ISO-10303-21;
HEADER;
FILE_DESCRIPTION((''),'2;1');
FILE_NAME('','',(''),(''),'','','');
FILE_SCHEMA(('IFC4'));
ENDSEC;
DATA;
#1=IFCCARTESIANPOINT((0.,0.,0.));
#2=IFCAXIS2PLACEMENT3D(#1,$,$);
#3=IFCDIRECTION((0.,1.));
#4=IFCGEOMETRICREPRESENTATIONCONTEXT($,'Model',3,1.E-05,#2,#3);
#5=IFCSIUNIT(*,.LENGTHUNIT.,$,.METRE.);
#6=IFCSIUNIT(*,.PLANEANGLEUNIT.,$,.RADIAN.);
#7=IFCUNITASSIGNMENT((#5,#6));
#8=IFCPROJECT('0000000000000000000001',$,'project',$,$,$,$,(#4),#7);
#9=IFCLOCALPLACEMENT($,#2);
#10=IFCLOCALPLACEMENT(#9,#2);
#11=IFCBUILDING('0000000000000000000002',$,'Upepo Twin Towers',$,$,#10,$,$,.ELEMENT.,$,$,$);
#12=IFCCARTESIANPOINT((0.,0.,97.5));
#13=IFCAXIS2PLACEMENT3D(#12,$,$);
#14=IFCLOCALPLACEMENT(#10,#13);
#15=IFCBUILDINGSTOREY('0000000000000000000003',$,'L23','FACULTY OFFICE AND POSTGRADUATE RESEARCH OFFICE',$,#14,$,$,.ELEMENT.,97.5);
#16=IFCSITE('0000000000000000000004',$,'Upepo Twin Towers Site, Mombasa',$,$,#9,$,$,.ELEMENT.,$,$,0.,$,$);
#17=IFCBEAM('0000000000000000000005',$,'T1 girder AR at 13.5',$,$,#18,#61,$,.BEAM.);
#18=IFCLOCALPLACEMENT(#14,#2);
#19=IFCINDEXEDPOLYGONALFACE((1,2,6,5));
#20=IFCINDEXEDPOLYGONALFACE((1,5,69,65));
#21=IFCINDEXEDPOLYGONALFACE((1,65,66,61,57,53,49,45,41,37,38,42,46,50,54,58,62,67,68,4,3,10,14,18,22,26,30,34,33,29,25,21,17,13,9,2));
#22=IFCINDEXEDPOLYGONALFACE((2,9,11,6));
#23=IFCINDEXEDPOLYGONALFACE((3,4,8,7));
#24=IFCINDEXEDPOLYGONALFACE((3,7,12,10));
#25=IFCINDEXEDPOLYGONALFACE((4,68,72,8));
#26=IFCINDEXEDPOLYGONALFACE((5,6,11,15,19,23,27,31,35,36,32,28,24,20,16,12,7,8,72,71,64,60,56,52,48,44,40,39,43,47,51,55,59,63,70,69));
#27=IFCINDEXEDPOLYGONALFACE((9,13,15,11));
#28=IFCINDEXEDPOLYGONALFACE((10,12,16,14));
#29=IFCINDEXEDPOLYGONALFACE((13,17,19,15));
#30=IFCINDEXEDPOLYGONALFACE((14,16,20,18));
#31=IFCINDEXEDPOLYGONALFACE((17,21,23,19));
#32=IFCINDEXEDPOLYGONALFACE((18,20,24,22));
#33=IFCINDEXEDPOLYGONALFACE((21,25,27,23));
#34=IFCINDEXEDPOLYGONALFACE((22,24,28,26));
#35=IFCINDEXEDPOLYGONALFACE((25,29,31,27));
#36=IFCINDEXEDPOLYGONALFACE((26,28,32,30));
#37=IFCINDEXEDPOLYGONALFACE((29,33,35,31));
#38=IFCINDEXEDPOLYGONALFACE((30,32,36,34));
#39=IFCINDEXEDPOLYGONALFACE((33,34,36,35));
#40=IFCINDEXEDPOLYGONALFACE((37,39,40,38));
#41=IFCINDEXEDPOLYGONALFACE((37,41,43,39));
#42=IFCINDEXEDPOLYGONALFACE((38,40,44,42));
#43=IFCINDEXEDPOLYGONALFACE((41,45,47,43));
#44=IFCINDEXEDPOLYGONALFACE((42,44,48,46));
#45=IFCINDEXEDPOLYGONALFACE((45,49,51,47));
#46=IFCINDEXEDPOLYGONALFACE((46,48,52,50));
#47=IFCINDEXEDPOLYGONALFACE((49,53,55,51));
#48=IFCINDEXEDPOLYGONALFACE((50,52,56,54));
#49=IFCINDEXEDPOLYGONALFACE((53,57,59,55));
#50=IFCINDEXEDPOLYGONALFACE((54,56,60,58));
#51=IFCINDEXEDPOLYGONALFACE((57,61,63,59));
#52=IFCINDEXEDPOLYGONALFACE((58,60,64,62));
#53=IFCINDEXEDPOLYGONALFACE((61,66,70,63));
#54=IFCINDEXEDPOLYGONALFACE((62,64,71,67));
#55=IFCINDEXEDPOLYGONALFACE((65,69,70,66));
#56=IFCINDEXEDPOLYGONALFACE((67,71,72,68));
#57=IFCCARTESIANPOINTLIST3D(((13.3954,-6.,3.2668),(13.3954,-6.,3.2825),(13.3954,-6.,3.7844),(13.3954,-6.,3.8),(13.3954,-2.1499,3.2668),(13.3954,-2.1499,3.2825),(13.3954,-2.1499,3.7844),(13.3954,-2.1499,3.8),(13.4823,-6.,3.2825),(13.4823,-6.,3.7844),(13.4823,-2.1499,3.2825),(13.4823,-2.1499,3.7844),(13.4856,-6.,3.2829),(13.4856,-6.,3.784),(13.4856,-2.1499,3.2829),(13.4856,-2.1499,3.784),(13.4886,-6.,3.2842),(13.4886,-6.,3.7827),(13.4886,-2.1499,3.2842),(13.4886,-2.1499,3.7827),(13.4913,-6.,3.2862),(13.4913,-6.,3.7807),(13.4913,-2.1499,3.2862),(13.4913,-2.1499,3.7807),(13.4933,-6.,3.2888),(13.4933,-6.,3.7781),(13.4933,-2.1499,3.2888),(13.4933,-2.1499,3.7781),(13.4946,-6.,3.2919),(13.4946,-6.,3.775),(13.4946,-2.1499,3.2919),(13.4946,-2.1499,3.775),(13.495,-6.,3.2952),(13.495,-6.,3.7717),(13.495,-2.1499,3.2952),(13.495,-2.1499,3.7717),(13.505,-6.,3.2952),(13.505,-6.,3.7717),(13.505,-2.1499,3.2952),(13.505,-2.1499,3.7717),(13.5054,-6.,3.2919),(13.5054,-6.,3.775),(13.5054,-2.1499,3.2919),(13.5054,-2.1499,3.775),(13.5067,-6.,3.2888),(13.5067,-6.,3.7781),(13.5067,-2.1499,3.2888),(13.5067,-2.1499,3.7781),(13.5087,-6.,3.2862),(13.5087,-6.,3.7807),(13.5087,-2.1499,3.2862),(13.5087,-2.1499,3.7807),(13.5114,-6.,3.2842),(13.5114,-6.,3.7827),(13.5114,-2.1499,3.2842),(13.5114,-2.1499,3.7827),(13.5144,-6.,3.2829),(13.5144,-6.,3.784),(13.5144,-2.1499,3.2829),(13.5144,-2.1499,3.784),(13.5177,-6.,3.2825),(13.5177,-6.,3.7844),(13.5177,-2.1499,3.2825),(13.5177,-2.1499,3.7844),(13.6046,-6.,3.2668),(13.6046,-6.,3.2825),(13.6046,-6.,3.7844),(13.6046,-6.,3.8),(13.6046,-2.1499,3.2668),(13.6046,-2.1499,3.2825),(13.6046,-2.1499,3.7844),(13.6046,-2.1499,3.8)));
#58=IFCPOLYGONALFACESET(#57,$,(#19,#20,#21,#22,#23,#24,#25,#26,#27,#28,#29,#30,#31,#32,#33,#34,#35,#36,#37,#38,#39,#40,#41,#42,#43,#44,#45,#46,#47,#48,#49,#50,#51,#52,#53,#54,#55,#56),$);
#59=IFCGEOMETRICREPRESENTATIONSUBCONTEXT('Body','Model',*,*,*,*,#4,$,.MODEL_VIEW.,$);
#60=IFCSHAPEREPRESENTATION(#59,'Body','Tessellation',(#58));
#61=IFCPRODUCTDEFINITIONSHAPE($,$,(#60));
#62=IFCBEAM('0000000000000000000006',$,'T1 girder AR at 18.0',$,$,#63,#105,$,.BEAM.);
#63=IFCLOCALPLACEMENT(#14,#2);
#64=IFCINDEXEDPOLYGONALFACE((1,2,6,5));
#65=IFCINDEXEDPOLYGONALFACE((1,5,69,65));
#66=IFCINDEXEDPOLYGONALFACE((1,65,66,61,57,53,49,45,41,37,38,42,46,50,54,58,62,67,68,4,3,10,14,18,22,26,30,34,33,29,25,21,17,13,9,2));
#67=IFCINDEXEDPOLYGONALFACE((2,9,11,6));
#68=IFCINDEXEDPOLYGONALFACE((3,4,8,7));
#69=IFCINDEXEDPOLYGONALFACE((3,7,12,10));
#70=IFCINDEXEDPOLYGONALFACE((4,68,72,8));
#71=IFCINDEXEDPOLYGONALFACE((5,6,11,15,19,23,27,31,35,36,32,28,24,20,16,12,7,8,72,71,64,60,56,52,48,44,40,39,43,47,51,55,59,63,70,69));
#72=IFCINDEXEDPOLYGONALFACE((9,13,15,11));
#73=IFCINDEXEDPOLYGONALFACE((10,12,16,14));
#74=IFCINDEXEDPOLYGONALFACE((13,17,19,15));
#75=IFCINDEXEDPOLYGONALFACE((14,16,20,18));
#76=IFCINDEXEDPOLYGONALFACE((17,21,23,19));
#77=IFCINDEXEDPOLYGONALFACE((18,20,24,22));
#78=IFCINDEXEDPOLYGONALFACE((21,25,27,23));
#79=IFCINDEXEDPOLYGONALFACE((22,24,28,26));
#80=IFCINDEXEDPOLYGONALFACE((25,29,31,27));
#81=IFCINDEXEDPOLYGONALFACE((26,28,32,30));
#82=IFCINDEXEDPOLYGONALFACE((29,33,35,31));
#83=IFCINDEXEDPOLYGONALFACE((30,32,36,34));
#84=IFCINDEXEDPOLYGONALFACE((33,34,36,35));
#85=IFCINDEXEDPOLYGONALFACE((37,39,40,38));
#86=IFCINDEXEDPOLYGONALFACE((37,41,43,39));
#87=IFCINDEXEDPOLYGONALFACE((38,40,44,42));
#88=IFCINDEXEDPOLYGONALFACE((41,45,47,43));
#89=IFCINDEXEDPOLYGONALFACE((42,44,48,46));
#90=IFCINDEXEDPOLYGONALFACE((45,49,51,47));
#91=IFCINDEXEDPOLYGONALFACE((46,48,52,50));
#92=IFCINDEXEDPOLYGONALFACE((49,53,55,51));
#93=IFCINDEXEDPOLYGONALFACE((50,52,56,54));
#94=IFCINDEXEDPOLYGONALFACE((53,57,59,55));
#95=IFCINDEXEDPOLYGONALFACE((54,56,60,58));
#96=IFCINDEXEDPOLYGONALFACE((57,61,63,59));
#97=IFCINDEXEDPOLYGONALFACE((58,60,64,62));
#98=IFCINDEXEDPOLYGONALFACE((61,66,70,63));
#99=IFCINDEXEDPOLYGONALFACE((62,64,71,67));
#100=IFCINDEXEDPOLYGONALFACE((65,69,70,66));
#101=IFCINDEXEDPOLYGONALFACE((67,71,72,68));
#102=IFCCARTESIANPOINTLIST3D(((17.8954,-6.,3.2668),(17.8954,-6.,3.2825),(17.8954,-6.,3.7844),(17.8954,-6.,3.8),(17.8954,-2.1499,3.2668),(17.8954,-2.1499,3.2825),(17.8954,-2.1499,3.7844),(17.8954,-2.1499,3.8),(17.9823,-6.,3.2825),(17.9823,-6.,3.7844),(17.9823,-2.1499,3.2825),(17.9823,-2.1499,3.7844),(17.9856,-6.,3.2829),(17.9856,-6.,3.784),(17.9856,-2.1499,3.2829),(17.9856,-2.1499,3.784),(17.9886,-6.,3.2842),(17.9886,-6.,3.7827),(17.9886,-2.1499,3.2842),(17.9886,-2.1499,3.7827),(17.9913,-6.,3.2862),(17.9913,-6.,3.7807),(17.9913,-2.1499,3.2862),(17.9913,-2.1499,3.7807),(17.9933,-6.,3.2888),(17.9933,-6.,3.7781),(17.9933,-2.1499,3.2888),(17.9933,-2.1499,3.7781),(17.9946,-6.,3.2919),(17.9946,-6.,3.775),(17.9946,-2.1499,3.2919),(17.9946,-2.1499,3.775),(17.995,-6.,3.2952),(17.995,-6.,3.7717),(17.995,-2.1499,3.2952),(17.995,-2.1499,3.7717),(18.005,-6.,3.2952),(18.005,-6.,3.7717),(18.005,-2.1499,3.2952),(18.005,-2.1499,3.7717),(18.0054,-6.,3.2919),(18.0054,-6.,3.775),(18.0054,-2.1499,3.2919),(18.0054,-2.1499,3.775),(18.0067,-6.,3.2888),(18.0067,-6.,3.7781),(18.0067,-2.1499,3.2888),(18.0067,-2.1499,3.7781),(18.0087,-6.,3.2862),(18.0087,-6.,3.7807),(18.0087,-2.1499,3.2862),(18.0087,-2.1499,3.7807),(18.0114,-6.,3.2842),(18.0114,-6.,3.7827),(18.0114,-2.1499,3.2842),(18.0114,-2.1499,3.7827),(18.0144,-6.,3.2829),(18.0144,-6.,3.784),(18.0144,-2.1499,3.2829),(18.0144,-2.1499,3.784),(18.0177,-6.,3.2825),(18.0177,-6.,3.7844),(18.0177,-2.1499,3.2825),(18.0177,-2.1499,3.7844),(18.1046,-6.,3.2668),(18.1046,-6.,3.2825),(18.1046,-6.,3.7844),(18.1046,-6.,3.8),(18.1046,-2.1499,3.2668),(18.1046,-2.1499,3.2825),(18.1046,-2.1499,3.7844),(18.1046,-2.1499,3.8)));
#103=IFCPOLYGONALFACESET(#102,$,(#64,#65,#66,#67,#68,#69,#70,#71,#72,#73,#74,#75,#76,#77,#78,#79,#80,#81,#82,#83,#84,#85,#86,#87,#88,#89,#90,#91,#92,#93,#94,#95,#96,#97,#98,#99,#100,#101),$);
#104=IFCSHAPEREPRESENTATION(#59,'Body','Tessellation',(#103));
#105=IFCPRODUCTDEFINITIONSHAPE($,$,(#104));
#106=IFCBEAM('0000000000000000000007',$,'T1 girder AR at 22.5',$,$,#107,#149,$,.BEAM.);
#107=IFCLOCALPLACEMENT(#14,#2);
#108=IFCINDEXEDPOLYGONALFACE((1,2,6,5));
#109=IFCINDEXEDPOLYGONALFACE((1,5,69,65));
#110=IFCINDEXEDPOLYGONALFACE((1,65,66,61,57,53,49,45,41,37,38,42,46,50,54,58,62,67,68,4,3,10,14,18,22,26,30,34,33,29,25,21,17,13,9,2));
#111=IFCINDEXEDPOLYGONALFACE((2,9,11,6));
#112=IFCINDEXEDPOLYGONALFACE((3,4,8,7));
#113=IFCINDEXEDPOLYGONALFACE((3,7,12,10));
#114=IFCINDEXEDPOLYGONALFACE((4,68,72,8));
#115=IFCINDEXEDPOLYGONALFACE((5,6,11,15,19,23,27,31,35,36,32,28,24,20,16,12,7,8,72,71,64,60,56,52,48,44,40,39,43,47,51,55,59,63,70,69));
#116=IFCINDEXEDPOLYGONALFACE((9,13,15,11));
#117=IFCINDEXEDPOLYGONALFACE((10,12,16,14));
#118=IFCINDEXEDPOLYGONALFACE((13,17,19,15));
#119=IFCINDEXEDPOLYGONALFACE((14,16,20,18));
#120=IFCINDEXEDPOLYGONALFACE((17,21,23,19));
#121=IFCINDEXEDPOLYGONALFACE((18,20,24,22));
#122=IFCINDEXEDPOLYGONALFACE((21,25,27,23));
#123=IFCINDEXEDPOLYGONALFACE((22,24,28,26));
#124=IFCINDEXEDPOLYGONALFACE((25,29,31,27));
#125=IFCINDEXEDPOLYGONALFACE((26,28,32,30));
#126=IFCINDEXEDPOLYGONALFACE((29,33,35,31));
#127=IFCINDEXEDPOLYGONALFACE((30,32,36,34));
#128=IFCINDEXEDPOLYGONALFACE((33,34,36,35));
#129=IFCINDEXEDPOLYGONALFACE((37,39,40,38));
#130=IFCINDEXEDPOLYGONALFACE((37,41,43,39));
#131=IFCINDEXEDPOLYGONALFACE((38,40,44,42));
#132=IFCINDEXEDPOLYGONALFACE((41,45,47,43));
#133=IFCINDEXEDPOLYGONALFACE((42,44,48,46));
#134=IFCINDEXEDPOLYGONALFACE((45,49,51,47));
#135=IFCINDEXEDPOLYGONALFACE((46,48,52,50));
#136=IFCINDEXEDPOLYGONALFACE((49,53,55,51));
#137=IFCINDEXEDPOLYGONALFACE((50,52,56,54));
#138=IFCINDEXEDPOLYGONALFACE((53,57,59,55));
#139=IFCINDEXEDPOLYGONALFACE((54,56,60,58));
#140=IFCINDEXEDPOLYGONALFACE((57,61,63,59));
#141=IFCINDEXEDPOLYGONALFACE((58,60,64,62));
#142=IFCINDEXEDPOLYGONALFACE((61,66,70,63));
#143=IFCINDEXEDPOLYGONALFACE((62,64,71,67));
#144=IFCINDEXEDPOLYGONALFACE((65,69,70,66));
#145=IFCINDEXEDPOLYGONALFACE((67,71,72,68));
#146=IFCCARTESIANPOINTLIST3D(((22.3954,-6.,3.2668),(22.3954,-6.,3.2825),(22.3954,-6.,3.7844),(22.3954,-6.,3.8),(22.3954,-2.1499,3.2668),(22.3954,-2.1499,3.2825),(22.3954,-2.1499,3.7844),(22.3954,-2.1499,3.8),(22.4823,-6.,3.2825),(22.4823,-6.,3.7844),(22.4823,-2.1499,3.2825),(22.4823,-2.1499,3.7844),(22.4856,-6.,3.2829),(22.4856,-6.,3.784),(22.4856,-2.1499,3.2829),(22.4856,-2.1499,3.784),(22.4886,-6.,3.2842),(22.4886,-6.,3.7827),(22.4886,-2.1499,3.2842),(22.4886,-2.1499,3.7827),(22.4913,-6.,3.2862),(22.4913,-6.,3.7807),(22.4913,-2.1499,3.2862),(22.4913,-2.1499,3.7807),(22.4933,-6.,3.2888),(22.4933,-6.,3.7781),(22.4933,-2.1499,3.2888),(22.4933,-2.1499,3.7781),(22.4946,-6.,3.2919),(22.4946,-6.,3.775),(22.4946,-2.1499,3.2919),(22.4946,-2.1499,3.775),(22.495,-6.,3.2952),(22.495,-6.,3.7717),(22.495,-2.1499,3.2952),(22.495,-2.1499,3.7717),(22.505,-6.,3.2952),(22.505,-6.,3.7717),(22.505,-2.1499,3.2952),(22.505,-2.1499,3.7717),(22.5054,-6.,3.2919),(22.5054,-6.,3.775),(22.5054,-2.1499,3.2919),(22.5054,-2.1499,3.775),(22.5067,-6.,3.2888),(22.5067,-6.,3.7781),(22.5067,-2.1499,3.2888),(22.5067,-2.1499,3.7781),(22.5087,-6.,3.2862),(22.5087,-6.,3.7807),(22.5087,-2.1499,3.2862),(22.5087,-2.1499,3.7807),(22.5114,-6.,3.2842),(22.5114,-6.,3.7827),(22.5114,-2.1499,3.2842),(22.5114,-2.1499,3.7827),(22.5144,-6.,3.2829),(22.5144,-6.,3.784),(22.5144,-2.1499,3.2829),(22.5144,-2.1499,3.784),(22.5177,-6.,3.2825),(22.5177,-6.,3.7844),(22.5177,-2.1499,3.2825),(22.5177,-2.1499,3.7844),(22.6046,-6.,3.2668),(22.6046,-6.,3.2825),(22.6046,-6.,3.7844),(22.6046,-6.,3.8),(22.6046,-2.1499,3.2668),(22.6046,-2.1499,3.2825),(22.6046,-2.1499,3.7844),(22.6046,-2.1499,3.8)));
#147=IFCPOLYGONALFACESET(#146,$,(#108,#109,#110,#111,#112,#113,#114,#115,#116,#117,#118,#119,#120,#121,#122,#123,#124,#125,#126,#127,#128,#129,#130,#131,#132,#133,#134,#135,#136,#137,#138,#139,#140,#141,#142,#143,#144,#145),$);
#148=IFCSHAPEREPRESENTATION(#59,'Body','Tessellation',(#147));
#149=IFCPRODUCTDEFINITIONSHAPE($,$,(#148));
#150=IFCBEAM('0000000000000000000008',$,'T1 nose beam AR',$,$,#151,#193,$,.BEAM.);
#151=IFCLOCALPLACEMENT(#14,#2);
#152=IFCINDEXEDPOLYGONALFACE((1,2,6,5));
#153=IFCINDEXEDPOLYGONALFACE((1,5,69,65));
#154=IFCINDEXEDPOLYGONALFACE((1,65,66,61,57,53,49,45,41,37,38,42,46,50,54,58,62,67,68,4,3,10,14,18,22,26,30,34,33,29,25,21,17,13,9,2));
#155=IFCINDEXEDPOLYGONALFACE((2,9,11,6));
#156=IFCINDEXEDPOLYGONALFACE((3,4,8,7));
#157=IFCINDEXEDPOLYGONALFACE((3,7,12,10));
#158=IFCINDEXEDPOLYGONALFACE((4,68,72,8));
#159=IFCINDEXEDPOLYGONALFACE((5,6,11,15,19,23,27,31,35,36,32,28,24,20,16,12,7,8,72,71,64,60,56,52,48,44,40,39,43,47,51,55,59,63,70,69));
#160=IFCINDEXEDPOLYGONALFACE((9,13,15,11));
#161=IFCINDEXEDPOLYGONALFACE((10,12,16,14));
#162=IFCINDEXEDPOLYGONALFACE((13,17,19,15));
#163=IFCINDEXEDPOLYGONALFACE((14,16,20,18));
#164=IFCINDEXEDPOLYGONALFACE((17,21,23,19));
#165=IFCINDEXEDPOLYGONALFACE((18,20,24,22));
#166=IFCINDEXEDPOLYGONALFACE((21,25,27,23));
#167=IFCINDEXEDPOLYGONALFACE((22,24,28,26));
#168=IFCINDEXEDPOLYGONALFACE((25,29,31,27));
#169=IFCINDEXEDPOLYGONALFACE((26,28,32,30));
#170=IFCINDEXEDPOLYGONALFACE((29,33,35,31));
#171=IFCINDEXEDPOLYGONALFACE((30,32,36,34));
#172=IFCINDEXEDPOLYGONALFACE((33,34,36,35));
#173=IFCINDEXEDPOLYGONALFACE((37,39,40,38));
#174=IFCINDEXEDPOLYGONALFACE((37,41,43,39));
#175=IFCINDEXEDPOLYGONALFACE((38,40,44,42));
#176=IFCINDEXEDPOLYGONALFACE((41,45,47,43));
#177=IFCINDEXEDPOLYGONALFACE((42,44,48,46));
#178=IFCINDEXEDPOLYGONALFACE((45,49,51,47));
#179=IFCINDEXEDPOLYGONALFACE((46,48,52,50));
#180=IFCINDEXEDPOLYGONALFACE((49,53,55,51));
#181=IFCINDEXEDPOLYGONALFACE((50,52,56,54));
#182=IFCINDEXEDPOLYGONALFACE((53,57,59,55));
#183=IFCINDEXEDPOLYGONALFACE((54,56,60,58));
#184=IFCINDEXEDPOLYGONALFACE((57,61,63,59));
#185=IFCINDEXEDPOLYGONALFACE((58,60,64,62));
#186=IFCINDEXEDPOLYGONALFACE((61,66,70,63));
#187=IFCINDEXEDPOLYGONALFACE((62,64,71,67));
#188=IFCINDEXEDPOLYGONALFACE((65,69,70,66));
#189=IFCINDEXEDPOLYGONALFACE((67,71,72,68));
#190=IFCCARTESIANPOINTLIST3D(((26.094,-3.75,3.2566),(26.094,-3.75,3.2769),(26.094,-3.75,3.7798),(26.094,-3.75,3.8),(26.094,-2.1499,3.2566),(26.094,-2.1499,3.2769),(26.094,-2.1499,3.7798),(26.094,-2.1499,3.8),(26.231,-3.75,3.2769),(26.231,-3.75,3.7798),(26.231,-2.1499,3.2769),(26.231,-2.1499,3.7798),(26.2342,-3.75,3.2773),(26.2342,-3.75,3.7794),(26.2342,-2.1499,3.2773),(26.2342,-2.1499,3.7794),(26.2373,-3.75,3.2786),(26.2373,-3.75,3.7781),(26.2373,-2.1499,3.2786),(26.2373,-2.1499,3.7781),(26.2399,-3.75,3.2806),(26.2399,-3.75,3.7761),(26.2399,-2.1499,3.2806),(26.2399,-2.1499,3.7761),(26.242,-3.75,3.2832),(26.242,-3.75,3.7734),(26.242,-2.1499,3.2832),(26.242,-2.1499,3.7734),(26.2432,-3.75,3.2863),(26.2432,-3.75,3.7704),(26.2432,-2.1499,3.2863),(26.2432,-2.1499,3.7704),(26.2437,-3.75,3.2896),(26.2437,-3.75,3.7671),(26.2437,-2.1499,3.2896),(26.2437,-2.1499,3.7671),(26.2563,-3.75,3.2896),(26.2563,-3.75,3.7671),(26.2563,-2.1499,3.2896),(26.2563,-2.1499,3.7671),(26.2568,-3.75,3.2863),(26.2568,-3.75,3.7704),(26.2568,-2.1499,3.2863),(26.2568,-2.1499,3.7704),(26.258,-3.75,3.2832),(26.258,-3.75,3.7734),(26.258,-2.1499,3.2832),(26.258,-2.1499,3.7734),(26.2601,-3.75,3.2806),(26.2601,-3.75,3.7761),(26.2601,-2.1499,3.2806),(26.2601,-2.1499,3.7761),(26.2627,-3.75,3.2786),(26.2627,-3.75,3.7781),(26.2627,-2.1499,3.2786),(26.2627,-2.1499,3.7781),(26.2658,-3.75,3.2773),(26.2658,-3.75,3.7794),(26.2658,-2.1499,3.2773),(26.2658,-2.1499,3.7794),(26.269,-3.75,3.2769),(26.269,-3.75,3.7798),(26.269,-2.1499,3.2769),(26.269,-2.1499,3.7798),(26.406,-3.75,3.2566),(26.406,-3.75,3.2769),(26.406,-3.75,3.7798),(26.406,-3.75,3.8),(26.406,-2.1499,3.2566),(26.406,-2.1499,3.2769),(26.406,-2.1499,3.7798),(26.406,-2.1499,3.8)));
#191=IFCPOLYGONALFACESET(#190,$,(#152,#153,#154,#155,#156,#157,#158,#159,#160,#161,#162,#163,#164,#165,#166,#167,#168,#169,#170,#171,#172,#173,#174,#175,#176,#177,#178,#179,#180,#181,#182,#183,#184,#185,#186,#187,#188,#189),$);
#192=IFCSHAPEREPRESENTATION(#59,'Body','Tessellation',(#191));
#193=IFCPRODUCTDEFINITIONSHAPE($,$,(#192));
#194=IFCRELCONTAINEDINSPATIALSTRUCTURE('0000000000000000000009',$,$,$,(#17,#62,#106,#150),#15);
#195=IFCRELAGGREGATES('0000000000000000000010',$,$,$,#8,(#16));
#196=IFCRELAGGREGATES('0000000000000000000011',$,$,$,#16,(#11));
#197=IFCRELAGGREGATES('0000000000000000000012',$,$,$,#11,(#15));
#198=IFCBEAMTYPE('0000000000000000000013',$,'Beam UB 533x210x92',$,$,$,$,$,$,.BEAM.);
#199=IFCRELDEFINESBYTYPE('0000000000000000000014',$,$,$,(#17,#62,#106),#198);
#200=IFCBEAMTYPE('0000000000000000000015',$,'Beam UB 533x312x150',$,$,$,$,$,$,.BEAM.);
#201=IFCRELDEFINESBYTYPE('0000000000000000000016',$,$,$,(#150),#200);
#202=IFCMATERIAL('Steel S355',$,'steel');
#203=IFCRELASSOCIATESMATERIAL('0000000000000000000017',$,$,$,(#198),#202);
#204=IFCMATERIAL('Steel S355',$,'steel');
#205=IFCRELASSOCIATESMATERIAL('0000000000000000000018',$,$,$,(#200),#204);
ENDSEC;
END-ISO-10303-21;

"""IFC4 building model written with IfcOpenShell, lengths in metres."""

from ifc_helpers import new_model, si_unit, direction, frame, origin, origin_2d, place, context, subcontext, project, spatial, i_section, extrude, material, material_profile, profile_set, type_object, element, save


model = new_model("IFC4")

# Units and contexts
model_context = context("Model", 3, precision=1e-05, world=origin(), true_north=direction((0.0, 1.0)))
body_context = subcontext(model_context, "Body", "Model", "MODEL_VIEW")
ifc_project = project(units=[si_unit("LENGTHUNIT", "METRE"), si_unit("PLANEANGLEUNIT", "RADIAN")], contexts=[model_context])

# Site, building, storey
site_placement = place(None, origin())
site = spatial("IfcSite", under=ifc_project, at=site_placement, Name="Upepo Twin Towers Site, Mombasa", CompositionType="ELEMENT", RefElevation=0.0)
building_placement = place(site_placement, origin())
building = spatial("IfcBuilding", under=site, at=building_placement, Name="Upepo Twin Towers", CompositionType="ELEMENT")
storey_placement = place(building_placement, frame((0.0, 0.0, 97.5)))
storey = spatial("IfcBuildingStorey", under=building, at=storey_placement, Name="L23", Description="FACULTY OFFICE AND POSTGRADUATE RESEARCH OFFICE", CompositionType="ELEMENT", Elevation=97.5)

# Beams
ifc_material_1 = material(Name="Steel S355", Category="steel")
ifc_material_profile_1 = material_profile(ifc_material_1, i_section(OverallWidth=0.2092, OverallDepth=0.5332, WebThickness=0.01, FlangeThickness=0.0156, FilletRadius=0.0127, at=origin_2d()), Name="UB 533x210x92")
ifc_profile_set_1 = profile_set([ifc_material_profile_1], Name="Steel S355")
beam_type_1 = type_object("IfcBeamType", Name="Beam UB 533x210x92", PredefinedType="BEAM", material=ifc_profile_set_1)
for number, where, z_axis, x_axis, name in (
    (1, (13.5, -6.0, 3.5334), (0.0, 1.0, 0.0), (-1.0, 0.0, 0.0), "T1 girder AR at 13.5"),
    (2, (18.0, -6.0, 3.5334), (0.0, 1.0, 0.0), (-1.0, 0.0, 0.0), "T1 girder AR at 18.0"),
    (3, (22.5, -6.0, 3.5334), (0.0, 1.0, 0.0), (-1.0, 0.0, 0.0), "T1 girder AR at 22.5"),
):
    element("IfcBeam", number, at=place(storey_placement, frame(where, z_axis=z_axis, x_axis=x_axis)), inside=storey, type_object=beam_type_1, Name=name, PredefinedType="BEAM", context=body_context, shape_type="SweptSolid", body=[
        extrude(i_section(OverallWidth=0.2092, OverallDepth=0.5332, WebThickness=0.01, FlangeThickness=0.0156, FilletRadius=0.0127, at=origin_2d()), origin(), (0.0, 0.0, 1.0), 3.8501),
    ])
ifc_material_2 = material(Name="Steel S355", Category="steel")
ifc_material_profile_2 = material_profile(ifc_material_2, i_section(OverallWidth=0.312, OverallDepth=0.5435, WebThickness=0.0127, FlangeThickness=0.0203, FilletRadius=0.0127, at=origin_2d()), Name="UB 533x312x150")
ifc_profile_set_2 = profile_set([ifc_material_profile_2], Name="Steel S355")
beam_type_2 = type_object("IfcBeamType", Name="Beam UB 533x312x150", PredefinedType="BEAM", material=ifc_profile_set_2)
beam_1_placement = place(storey_placement, frame((26.25, -3.75, 3.5283), z_axis=(0.0, 1.0, 0.0), x_axis=(-1.0, 0.0, 0.0)))
element("IfcBeam", 4, at=beam_1_placement, inside=storey, type_object=beam_type_2, Name="T1 nose beam AR", PredefinedType="BEAM", context=body_context, shape_type="SweptSolid", body=[
    extrude(i_section(OverallWidth=0.312, OverallDepth=0.5435, WebThickness=0.0127, FlangeThickness=0.0203, FilletRadius=0.0127, at=origin_2d()), origin(), (0.0, 0.0, 1.0), 1.6001),
])

save(model, "model.ifc")
